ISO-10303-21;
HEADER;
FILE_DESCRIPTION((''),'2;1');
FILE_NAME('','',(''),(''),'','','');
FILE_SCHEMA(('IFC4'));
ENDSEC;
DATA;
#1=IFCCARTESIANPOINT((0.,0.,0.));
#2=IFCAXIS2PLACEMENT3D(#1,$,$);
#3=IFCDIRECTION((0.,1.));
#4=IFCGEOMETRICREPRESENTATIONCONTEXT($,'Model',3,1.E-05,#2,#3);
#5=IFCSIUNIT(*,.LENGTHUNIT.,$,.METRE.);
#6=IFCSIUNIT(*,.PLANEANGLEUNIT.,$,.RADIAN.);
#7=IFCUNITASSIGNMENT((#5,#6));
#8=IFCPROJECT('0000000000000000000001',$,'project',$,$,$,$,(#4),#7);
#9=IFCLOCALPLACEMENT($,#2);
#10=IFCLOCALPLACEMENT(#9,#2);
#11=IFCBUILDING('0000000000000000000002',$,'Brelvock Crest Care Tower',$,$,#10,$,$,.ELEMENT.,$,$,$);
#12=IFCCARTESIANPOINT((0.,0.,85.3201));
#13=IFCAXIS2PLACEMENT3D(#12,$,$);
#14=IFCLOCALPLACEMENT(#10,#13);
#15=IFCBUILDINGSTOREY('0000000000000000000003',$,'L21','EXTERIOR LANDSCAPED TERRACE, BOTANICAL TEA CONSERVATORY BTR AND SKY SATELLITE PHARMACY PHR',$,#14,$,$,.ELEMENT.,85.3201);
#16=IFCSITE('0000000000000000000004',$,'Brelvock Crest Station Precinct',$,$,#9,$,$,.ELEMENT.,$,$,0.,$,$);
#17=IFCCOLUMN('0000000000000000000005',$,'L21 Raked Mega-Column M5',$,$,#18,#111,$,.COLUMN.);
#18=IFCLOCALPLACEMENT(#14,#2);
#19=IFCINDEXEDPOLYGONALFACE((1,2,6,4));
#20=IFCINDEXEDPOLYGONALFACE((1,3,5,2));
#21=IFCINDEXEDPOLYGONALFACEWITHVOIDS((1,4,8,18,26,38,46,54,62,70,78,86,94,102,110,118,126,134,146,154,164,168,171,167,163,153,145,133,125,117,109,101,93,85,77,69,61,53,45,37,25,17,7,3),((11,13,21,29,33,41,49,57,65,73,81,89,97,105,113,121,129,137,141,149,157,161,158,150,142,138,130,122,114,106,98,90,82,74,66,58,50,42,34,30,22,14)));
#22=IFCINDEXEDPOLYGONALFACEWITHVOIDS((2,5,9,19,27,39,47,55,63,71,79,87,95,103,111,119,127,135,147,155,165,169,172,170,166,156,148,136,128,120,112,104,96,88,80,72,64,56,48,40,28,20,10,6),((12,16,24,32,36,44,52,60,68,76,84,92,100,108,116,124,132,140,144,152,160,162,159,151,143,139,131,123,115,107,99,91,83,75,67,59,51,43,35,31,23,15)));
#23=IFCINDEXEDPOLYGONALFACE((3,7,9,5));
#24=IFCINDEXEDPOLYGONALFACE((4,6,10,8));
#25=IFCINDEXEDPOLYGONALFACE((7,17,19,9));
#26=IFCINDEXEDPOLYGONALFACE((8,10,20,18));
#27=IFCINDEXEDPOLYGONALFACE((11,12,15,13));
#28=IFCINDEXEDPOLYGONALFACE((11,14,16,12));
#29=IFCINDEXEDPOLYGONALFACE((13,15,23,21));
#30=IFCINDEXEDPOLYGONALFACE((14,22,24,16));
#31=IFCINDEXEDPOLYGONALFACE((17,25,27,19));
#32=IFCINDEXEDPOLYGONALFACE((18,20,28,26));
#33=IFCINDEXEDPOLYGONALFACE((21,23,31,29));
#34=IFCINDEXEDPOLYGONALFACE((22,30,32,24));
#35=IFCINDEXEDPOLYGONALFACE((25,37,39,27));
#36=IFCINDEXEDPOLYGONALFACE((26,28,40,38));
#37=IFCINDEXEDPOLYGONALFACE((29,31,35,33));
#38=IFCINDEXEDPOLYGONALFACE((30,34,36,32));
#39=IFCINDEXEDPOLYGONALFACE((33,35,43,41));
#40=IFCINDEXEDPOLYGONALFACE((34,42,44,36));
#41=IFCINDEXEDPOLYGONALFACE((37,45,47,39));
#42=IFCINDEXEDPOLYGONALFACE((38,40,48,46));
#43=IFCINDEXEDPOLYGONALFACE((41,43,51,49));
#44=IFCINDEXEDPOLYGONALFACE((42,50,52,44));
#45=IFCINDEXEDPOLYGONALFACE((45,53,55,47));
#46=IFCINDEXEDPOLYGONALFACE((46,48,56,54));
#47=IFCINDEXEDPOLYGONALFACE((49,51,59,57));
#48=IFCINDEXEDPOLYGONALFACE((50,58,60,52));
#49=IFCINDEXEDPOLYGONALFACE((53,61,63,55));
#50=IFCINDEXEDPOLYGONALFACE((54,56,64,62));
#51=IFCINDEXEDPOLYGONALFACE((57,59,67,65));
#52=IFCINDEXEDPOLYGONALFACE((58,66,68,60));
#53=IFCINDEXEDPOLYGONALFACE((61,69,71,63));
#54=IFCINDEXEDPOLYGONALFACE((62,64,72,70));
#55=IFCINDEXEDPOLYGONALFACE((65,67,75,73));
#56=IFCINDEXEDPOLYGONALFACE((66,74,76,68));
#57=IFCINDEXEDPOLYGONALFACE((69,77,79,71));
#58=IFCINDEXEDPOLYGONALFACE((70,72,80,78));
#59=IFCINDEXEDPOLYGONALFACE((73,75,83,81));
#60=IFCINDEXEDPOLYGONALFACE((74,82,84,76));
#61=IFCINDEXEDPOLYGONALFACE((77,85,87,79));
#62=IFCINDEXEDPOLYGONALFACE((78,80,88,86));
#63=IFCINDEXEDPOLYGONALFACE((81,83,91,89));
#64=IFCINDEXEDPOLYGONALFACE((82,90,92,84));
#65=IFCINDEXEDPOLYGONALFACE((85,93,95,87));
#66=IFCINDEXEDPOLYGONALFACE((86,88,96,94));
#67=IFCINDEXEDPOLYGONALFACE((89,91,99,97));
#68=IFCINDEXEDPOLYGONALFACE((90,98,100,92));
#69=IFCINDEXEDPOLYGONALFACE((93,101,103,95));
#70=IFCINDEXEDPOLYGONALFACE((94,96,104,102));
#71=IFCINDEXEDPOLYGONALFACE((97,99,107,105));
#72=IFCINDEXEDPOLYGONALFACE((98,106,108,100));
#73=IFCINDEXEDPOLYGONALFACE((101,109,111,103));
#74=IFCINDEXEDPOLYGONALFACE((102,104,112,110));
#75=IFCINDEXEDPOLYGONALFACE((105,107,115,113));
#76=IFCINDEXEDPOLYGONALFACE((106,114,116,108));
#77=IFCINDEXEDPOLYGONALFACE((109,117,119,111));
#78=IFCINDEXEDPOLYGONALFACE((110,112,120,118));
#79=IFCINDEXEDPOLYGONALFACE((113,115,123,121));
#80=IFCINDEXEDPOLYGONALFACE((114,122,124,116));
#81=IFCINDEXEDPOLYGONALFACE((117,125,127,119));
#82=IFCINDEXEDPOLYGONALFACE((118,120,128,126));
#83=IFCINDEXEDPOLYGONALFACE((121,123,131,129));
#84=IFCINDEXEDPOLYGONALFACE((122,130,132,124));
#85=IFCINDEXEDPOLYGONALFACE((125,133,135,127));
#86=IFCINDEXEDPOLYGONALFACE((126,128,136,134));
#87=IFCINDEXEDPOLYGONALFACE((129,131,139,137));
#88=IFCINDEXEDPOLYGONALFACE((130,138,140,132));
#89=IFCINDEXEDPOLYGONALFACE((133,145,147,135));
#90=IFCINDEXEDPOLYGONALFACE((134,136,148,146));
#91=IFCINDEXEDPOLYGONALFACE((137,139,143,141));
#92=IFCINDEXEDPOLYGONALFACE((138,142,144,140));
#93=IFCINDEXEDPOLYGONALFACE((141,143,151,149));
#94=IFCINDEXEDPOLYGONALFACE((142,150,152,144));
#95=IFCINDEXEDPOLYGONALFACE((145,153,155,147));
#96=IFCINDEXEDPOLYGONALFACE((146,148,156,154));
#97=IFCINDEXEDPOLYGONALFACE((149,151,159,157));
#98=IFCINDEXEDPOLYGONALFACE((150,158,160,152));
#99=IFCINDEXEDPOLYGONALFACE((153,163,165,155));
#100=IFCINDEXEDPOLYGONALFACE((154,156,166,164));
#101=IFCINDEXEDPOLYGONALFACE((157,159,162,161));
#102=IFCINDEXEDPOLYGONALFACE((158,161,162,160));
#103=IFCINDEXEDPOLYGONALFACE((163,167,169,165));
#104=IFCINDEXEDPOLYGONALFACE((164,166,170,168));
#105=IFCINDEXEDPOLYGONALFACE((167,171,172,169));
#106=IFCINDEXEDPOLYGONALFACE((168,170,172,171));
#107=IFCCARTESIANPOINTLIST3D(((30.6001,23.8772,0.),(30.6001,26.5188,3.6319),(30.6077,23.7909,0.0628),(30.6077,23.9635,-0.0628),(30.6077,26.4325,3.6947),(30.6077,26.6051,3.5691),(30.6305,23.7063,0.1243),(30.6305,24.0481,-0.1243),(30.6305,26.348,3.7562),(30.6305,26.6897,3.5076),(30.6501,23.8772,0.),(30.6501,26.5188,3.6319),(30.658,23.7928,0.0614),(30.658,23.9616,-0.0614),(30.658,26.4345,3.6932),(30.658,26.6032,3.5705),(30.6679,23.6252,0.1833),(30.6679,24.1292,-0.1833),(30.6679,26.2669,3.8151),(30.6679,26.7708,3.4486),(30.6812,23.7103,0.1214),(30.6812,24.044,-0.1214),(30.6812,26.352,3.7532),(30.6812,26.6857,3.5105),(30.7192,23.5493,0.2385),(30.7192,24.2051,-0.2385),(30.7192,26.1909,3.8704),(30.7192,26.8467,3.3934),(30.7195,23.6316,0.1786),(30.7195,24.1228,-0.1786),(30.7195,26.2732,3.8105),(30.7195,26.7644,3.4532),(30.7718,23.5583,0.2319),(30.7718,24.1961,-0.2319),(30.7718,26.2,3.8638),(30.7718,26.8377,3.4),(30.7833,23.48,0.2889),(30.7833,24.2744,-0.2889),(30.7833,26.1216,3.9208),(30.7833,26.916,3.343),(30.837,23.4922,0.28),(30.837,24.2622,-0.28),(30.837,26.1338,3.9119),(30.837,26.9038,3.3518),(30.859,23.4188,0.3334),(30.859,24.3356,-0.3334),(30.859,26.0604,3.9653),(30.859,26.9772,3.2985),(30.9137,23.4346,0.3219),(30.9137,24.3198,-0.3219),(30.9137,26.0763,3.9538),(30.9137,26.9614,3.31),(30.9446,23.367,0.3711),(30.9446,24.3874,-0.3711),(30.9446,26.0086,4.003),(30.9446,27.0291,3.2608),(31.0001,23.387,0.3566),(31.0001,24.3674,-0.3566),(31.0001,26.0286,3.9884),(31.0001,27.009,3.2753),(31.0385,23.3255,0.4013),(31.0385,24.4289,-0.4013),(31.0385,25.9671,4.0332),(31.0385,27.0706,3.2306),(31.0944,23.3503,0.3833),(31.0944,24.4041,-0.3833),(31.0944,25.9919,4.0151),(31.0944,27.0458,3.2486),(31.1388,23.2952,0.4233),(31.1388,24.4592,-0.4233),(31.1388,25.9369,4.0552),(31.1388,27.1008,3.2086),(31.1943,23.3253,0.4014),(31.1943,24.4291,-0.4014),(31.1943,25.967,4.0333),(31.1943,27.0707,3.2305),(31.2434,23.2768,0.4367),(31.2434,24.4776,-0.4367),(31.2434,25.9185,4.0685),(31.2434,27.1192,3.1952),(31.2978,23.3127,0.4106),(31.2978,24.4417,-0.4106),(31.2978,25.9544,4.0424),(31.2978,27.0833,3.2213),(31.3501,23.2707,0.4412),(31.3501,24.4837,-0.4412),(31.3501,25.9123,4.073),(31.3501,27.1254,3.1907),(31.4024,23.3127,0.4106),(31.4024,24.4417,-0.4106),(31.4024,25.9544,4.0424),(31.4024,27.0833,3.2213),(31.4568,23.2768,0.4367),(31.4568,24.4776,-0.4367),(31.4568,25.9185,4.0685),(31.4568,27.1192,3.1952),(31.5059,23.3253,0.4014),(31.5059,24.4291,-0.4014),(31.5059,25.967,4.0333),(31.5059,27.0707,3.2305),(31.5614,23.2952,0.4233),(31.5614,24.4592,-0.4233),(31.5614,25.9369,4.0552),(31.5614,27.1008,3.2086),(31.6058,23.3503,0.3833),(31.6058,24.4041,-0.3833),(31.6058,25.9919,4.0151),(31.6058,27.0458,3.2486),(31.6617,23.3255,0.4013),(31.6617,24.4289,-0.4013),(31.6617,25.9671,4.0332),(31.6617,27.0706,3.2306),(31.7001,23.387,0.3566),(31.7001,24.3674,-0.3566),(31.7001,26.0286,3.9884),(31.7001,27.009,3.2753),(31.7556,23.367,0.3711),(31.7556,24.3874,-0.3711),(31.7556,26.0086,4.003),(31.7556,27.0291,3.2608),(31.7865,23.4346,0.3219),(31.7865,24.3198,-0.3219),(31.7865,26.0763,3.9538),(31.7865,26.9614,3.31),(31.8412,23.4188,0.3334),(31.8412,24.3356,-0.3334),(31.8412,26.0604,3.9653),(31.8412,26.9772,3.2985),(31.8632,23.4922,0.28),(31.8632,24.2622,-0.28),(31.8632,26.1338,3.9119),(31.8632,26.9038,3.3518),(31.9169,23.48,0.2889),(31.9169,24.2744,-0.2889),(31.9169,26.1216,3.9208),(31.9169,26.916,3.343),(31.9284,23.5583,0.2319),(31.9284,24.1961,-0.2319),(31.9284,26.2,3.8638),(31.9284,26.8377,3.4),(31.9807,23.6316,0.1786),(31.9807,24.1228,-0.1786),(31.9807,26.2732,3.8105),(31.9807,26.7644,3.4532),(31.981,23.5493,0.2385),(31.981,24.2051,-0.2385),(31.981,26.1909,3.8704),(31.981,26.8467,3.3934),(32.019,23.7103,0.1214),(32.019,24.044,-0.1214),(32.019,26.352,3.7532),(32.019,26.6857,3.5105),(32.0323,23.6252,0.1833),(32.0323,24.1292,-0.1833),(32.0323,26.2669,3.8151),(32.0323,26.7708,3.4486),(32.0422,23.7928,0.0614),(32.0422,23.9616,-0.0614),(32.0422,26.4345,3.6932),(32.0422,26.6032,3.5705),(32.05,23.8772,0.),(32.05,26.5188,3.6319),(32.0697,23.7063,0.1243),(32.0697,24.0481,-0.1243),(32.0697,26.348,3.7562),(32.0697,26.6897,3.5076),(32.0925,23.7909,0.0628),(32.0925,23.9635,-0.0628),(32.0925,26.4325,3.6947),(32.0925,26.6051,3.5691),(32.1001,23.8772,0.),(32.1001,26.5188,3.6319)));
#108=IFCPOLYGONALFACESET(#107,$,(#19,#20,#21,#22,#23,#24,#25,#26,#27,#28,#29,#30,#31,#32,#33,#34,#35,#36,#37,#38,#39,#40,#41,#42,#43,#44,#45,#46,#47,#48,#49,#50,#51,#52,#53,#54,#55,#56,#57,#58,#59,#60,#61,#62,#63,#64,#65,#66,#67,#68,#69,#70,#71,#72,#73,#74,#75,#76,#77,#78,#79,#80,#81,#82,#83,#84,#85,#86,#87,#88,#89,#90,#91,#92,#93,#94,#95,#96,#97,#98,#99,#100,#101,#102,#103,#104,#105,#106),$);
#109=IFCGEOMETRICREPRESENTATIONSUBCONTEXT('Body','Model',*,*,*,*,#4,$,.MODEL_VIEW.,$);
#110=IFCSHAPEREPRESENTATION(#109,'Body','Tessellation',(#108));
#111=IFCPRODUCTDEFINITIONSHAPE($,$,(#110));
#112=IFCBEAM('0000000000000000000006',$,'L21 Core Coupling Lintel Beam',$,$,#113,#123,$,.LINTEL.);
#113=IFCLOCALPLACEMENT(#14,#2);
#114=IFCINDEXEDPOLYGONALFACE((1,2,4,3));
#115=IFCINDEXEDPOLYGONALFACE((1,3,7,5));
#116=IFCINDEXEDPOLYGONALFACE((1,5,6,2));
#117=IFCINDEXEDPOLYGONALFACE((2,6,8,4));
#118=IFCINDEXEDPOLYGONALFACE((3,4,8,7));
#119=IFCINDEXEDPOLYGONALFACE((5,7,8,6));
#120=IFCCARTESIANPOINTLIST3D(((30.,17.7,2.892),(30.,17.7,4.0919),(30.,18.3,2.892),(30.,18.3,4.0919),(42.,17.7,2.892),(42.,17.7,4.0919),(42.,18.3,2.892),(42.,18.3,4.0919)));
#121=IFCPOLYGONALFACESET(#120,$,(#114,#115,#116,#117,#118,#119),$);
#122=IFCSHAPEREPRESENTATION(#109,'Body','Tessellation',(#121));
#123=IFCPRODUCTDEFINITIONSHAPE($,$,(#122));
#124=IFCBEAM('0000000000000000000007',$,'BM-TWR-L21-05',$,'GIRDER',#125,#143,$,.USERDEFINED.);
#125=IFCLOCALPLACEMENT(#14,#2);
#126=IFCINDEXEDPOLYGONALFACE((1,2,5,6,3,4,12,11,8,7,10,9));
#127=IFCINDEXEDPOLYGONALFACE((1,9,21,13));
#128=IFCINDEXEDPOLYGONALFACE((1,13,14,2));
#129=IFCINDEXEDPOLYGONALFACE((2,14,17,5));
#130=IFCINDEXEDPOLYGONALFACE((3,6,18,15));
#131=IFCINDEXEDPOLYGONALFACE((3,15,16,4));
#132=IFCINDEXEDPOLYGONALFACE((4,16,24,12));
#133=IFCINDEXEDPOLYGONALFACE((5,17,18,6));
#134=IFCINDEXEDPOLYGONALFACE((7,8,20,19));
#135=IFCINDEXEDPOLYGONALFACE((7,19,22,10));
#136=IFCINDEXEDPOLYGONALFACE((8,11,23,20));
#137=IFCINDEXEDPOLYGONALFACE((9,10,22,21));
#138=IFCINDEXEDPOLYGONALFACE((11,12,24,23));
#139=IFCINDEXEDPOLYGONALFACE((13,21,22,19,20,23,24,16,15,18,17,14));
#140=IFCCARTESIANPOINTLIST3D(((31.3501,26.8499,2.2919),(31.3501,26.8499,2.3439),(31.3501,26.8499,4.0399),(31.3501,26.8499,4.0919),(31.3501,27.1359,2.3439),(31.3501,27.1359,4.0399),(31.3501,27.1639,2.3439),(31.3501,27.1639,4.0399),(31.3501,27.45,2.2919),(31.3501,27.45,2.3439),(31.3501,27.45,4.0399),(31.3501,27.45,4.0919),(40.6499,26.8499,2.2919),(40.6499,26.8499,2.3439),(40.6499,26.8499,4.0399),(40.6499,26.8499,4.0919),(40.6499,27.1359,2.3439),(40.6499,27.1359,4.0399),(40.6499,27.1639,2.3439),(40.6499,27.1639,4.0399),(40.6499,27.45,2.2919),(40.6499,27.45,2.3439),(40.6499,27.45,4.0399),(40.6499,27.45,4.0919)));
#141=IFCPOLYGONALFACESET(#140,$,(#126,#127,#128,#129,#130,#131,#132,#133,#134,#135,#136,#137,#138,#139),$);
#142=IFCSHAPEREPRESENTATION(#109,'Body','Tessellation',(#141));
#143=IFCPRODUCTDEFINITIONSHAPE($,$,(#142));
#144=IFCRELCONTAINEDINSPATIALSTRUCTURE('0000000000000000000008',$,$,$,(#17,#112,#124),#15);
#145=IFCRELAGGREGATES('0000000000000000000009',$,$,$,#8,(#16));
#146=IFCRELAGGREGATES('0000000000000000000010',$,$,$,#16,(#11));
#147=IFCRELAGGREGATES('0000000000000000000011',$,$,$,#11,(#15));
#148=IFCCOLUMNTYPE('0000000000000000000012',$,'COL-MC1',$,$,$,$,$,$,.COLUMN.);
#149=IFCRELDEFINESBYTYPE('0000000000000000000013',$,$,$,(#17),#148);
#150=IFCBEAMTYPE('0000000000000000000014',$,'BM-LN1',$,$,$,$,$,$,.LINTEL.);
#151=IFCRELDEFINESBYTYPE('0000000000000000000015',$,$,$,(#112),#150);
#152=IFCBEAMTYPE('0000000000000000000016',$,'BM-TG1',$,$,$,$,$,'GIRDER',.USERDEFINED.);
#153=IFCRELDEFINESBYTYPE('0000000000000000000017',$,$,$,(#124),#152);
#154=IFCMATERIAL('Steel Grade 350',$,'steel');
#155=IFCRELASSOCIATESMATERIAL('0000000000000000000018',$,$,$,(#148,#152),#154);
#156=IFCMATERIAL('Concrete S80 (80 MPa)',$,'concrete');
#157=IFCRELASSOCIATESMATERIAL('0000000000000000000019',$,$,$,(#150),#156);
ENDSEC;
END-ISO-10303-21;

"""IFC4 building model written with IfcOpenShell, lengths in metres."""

from ifc_helpers import new_model, si_unit, direction, frame, origin, origin_2d, place, context, subcontext, project, spatial, rectangle, hollow_circle, i_section, extrude, source, transform, mapped, material, material_profile, profile_set, type_object, element, save


model = new_model("IFC4")

# Units and contexts
model_context = context("Model", 3, precision=1e-05, world=origin(), true_north=direction((0.0, 1.0)))
body_context = subcontext(model_context, "Body", "Model", "MODEL_VIEW")
ifc_project = project(units=[si_unit("LENGTHUNIT", "METRE"), si_unit("PLANEANGLEUNIT", "RADIAN")], contexts=[model_context])

# Site, building, storey
site_placement = place(None, origin())
site = spatial("IfcSite", under=ifc_project, at=site_placement, Name="Brelvock Crest Station Precinct", CompositionType="ELEMENT", RefElevation=0.0)
building_placement = place(site_placement, origin())
building = spatial("IfcBuilding", under=site, at=building_placement, Name="Brelvock Crest Care Tower", CompositionType="ELEMENT")
storey_placement = place(building_placement, frame((0.0, 0.0, 85.3201)))
storey = spatial("IfcBuildingStorey", under=building, at=storey_placement, Name="L21", Description="EXTERIOR LANDSCAPED TERRACE, BOTANICAL TEA CONSERVATORY BTR AND SKY SATELLITE PHARMACY PHR", CompositionType="ELEMENT", Elevation=85.3201)

# Column
ifc_material_1 = material(Name="Steel Grade 350", Category="steel")
ifc_material_profile_1 = material_profile(ifc_material_1, hollow_circle(Radius=0.75, WallThickness=0.05, at=origin_2d()), Name="CFT1500x50")
ifc_profile_set_1 = profile_set([ifc_material_profile_1], Name="Steel Grade 350")
column_type = type_object("IfcColumnType", Name="COL-MC1", PredefinedType="COLUMN", material=ifc_profile_set_1)
shared_shape_1 = source(origin(), body_context, "Body", "SweptSolid", [
    extrude(hollow_circle(Radius=0.75, WallThickness=0.05, at=origin_2d()), origin(), (0.0, 0.0, 1.0), 4.491),
])
column_placement = place(storey_placement, frame((31.3501, 23.8772, 0.0), z_axis=(0.0, 0.58821, 0.808708), x_axis=(-1.0, 0.0, 0.0)))
element("IfcColumn", 1, at=column_placement, inside=storey, type_object=column_type, Name="L21 Raked Mega-Column M5", PredefinedType="COLUMN", context=body_context, shape_type="MappedRepresentation", body=[
    mapped(shared_shape_1, transform((0.0, 0.0, 0.0), x_axis=(1.0, 0.0, 0.0), y_axis=(0.0, 1.0, 0.0), z_axis=(0.0, 0.0, 1.0), scale=1.0)),
])

# Beams
ifc_material_2 = material(Name="Concrete S80 (80 MPa)", Category="concrete")
ifc_material_profile_2 = material_profile(ifc_material_2, rectangle(XDim=0.6001, YDim=1.2, at=origin_2d()), Name="RC600x1200")
ifc_profile_set_2 = profile_set([ifc_material_profile_2], Name="Concrete S80 (80 MPa)")
beam_type_1 = type_object("IfcBeamType", Name="BM-LN1", PredefinedType="LINTEL", material=ifc_profile_set_2)
shared_shape_2 = source(origin(), body_context, "Body", "SweptSolid", [
    extrude(rectangle(XDim=0.6001, YDim=1.2, at=origin_2d()), origin(), (0.0, 0.0, 1.0), 12.0),
])
beam_1_placement = place(storey_placement, frame((30.0, 18.0, 3.4919), z_axis=(1.0, 0.0, 0.0), x_axis=(0.0, 1.0, 0.0)))
element("IfcBeam", 2, at=beam_1_placement, inside=storey, type_object=beam_type_1, Name="L21 Core Coupling Lintel Beam", PredefinedType="LINTEL", context=body_context, shape_type="MappedRepresentation", body=[
    mapped(shared_shape_2, transform((0.0, 0.0, 0.0), x_axis=(1.0, 0.0, 0.0), y_axis=(0.0, 1.0, 0.0), z_axis=(0.0, 0.0, 1.0), scale=1.0)),
])
ifc_material_profile_3 = material_profile(ifc_material_1, i_section(OverallWidth=0.6001, OverallDepth=1.8, WebThickness=0.0281, FlangeThickness=0.052, at=origin_2d()), Name="1800TG740")
ifc_profile_set_3 = profile_set([ifc_material_profile_3], Name="Steel Grade 350")
beam_type_2 = type_object("IfcBeamType", Name="BM-TG1", ElementType="GIRDER", PredefinedType="USERDEFINED", material=ifc_profile_set_3)
shared_shape_3 = source(origin(), body_context, "Body", "SweptSolid", [
    extrude(i_section(OverallWidth=0.6001, OverallDepth=1.8, WebThickness=0.0281, FlangeThickness=0.052, at=origin_2d()), origin(), (0.0, 0.0, 1.0), 9.2998),
])
beam_2_placement = place(storey_placement, frame((31.3501, 27.1499, 3.1919), z_axis=(1.0, 0.0, 0.0), x_axis=(0.0, 1.0, 0.0)))
element("IfcBeam", 3, at=beam_2_placement, inside=storey, type_object=beam_type_2, Name="BM-TWR-L21-05", ObjectType="GIRDER", PredefinedType="USERDEFINED", context=body_context, shape_type="MappedRepresentation", body=[
    mapped(shared_shape_3, transform((0.0, 0.0, 0.0), x_axis=(1.0, 0.0, 0.0), y_axis=(0.0, 1.0, 0.0), z_axis=(0.0, 0.0, 1.0), scale=1.0)),
])

save(model, "model.ifc")
